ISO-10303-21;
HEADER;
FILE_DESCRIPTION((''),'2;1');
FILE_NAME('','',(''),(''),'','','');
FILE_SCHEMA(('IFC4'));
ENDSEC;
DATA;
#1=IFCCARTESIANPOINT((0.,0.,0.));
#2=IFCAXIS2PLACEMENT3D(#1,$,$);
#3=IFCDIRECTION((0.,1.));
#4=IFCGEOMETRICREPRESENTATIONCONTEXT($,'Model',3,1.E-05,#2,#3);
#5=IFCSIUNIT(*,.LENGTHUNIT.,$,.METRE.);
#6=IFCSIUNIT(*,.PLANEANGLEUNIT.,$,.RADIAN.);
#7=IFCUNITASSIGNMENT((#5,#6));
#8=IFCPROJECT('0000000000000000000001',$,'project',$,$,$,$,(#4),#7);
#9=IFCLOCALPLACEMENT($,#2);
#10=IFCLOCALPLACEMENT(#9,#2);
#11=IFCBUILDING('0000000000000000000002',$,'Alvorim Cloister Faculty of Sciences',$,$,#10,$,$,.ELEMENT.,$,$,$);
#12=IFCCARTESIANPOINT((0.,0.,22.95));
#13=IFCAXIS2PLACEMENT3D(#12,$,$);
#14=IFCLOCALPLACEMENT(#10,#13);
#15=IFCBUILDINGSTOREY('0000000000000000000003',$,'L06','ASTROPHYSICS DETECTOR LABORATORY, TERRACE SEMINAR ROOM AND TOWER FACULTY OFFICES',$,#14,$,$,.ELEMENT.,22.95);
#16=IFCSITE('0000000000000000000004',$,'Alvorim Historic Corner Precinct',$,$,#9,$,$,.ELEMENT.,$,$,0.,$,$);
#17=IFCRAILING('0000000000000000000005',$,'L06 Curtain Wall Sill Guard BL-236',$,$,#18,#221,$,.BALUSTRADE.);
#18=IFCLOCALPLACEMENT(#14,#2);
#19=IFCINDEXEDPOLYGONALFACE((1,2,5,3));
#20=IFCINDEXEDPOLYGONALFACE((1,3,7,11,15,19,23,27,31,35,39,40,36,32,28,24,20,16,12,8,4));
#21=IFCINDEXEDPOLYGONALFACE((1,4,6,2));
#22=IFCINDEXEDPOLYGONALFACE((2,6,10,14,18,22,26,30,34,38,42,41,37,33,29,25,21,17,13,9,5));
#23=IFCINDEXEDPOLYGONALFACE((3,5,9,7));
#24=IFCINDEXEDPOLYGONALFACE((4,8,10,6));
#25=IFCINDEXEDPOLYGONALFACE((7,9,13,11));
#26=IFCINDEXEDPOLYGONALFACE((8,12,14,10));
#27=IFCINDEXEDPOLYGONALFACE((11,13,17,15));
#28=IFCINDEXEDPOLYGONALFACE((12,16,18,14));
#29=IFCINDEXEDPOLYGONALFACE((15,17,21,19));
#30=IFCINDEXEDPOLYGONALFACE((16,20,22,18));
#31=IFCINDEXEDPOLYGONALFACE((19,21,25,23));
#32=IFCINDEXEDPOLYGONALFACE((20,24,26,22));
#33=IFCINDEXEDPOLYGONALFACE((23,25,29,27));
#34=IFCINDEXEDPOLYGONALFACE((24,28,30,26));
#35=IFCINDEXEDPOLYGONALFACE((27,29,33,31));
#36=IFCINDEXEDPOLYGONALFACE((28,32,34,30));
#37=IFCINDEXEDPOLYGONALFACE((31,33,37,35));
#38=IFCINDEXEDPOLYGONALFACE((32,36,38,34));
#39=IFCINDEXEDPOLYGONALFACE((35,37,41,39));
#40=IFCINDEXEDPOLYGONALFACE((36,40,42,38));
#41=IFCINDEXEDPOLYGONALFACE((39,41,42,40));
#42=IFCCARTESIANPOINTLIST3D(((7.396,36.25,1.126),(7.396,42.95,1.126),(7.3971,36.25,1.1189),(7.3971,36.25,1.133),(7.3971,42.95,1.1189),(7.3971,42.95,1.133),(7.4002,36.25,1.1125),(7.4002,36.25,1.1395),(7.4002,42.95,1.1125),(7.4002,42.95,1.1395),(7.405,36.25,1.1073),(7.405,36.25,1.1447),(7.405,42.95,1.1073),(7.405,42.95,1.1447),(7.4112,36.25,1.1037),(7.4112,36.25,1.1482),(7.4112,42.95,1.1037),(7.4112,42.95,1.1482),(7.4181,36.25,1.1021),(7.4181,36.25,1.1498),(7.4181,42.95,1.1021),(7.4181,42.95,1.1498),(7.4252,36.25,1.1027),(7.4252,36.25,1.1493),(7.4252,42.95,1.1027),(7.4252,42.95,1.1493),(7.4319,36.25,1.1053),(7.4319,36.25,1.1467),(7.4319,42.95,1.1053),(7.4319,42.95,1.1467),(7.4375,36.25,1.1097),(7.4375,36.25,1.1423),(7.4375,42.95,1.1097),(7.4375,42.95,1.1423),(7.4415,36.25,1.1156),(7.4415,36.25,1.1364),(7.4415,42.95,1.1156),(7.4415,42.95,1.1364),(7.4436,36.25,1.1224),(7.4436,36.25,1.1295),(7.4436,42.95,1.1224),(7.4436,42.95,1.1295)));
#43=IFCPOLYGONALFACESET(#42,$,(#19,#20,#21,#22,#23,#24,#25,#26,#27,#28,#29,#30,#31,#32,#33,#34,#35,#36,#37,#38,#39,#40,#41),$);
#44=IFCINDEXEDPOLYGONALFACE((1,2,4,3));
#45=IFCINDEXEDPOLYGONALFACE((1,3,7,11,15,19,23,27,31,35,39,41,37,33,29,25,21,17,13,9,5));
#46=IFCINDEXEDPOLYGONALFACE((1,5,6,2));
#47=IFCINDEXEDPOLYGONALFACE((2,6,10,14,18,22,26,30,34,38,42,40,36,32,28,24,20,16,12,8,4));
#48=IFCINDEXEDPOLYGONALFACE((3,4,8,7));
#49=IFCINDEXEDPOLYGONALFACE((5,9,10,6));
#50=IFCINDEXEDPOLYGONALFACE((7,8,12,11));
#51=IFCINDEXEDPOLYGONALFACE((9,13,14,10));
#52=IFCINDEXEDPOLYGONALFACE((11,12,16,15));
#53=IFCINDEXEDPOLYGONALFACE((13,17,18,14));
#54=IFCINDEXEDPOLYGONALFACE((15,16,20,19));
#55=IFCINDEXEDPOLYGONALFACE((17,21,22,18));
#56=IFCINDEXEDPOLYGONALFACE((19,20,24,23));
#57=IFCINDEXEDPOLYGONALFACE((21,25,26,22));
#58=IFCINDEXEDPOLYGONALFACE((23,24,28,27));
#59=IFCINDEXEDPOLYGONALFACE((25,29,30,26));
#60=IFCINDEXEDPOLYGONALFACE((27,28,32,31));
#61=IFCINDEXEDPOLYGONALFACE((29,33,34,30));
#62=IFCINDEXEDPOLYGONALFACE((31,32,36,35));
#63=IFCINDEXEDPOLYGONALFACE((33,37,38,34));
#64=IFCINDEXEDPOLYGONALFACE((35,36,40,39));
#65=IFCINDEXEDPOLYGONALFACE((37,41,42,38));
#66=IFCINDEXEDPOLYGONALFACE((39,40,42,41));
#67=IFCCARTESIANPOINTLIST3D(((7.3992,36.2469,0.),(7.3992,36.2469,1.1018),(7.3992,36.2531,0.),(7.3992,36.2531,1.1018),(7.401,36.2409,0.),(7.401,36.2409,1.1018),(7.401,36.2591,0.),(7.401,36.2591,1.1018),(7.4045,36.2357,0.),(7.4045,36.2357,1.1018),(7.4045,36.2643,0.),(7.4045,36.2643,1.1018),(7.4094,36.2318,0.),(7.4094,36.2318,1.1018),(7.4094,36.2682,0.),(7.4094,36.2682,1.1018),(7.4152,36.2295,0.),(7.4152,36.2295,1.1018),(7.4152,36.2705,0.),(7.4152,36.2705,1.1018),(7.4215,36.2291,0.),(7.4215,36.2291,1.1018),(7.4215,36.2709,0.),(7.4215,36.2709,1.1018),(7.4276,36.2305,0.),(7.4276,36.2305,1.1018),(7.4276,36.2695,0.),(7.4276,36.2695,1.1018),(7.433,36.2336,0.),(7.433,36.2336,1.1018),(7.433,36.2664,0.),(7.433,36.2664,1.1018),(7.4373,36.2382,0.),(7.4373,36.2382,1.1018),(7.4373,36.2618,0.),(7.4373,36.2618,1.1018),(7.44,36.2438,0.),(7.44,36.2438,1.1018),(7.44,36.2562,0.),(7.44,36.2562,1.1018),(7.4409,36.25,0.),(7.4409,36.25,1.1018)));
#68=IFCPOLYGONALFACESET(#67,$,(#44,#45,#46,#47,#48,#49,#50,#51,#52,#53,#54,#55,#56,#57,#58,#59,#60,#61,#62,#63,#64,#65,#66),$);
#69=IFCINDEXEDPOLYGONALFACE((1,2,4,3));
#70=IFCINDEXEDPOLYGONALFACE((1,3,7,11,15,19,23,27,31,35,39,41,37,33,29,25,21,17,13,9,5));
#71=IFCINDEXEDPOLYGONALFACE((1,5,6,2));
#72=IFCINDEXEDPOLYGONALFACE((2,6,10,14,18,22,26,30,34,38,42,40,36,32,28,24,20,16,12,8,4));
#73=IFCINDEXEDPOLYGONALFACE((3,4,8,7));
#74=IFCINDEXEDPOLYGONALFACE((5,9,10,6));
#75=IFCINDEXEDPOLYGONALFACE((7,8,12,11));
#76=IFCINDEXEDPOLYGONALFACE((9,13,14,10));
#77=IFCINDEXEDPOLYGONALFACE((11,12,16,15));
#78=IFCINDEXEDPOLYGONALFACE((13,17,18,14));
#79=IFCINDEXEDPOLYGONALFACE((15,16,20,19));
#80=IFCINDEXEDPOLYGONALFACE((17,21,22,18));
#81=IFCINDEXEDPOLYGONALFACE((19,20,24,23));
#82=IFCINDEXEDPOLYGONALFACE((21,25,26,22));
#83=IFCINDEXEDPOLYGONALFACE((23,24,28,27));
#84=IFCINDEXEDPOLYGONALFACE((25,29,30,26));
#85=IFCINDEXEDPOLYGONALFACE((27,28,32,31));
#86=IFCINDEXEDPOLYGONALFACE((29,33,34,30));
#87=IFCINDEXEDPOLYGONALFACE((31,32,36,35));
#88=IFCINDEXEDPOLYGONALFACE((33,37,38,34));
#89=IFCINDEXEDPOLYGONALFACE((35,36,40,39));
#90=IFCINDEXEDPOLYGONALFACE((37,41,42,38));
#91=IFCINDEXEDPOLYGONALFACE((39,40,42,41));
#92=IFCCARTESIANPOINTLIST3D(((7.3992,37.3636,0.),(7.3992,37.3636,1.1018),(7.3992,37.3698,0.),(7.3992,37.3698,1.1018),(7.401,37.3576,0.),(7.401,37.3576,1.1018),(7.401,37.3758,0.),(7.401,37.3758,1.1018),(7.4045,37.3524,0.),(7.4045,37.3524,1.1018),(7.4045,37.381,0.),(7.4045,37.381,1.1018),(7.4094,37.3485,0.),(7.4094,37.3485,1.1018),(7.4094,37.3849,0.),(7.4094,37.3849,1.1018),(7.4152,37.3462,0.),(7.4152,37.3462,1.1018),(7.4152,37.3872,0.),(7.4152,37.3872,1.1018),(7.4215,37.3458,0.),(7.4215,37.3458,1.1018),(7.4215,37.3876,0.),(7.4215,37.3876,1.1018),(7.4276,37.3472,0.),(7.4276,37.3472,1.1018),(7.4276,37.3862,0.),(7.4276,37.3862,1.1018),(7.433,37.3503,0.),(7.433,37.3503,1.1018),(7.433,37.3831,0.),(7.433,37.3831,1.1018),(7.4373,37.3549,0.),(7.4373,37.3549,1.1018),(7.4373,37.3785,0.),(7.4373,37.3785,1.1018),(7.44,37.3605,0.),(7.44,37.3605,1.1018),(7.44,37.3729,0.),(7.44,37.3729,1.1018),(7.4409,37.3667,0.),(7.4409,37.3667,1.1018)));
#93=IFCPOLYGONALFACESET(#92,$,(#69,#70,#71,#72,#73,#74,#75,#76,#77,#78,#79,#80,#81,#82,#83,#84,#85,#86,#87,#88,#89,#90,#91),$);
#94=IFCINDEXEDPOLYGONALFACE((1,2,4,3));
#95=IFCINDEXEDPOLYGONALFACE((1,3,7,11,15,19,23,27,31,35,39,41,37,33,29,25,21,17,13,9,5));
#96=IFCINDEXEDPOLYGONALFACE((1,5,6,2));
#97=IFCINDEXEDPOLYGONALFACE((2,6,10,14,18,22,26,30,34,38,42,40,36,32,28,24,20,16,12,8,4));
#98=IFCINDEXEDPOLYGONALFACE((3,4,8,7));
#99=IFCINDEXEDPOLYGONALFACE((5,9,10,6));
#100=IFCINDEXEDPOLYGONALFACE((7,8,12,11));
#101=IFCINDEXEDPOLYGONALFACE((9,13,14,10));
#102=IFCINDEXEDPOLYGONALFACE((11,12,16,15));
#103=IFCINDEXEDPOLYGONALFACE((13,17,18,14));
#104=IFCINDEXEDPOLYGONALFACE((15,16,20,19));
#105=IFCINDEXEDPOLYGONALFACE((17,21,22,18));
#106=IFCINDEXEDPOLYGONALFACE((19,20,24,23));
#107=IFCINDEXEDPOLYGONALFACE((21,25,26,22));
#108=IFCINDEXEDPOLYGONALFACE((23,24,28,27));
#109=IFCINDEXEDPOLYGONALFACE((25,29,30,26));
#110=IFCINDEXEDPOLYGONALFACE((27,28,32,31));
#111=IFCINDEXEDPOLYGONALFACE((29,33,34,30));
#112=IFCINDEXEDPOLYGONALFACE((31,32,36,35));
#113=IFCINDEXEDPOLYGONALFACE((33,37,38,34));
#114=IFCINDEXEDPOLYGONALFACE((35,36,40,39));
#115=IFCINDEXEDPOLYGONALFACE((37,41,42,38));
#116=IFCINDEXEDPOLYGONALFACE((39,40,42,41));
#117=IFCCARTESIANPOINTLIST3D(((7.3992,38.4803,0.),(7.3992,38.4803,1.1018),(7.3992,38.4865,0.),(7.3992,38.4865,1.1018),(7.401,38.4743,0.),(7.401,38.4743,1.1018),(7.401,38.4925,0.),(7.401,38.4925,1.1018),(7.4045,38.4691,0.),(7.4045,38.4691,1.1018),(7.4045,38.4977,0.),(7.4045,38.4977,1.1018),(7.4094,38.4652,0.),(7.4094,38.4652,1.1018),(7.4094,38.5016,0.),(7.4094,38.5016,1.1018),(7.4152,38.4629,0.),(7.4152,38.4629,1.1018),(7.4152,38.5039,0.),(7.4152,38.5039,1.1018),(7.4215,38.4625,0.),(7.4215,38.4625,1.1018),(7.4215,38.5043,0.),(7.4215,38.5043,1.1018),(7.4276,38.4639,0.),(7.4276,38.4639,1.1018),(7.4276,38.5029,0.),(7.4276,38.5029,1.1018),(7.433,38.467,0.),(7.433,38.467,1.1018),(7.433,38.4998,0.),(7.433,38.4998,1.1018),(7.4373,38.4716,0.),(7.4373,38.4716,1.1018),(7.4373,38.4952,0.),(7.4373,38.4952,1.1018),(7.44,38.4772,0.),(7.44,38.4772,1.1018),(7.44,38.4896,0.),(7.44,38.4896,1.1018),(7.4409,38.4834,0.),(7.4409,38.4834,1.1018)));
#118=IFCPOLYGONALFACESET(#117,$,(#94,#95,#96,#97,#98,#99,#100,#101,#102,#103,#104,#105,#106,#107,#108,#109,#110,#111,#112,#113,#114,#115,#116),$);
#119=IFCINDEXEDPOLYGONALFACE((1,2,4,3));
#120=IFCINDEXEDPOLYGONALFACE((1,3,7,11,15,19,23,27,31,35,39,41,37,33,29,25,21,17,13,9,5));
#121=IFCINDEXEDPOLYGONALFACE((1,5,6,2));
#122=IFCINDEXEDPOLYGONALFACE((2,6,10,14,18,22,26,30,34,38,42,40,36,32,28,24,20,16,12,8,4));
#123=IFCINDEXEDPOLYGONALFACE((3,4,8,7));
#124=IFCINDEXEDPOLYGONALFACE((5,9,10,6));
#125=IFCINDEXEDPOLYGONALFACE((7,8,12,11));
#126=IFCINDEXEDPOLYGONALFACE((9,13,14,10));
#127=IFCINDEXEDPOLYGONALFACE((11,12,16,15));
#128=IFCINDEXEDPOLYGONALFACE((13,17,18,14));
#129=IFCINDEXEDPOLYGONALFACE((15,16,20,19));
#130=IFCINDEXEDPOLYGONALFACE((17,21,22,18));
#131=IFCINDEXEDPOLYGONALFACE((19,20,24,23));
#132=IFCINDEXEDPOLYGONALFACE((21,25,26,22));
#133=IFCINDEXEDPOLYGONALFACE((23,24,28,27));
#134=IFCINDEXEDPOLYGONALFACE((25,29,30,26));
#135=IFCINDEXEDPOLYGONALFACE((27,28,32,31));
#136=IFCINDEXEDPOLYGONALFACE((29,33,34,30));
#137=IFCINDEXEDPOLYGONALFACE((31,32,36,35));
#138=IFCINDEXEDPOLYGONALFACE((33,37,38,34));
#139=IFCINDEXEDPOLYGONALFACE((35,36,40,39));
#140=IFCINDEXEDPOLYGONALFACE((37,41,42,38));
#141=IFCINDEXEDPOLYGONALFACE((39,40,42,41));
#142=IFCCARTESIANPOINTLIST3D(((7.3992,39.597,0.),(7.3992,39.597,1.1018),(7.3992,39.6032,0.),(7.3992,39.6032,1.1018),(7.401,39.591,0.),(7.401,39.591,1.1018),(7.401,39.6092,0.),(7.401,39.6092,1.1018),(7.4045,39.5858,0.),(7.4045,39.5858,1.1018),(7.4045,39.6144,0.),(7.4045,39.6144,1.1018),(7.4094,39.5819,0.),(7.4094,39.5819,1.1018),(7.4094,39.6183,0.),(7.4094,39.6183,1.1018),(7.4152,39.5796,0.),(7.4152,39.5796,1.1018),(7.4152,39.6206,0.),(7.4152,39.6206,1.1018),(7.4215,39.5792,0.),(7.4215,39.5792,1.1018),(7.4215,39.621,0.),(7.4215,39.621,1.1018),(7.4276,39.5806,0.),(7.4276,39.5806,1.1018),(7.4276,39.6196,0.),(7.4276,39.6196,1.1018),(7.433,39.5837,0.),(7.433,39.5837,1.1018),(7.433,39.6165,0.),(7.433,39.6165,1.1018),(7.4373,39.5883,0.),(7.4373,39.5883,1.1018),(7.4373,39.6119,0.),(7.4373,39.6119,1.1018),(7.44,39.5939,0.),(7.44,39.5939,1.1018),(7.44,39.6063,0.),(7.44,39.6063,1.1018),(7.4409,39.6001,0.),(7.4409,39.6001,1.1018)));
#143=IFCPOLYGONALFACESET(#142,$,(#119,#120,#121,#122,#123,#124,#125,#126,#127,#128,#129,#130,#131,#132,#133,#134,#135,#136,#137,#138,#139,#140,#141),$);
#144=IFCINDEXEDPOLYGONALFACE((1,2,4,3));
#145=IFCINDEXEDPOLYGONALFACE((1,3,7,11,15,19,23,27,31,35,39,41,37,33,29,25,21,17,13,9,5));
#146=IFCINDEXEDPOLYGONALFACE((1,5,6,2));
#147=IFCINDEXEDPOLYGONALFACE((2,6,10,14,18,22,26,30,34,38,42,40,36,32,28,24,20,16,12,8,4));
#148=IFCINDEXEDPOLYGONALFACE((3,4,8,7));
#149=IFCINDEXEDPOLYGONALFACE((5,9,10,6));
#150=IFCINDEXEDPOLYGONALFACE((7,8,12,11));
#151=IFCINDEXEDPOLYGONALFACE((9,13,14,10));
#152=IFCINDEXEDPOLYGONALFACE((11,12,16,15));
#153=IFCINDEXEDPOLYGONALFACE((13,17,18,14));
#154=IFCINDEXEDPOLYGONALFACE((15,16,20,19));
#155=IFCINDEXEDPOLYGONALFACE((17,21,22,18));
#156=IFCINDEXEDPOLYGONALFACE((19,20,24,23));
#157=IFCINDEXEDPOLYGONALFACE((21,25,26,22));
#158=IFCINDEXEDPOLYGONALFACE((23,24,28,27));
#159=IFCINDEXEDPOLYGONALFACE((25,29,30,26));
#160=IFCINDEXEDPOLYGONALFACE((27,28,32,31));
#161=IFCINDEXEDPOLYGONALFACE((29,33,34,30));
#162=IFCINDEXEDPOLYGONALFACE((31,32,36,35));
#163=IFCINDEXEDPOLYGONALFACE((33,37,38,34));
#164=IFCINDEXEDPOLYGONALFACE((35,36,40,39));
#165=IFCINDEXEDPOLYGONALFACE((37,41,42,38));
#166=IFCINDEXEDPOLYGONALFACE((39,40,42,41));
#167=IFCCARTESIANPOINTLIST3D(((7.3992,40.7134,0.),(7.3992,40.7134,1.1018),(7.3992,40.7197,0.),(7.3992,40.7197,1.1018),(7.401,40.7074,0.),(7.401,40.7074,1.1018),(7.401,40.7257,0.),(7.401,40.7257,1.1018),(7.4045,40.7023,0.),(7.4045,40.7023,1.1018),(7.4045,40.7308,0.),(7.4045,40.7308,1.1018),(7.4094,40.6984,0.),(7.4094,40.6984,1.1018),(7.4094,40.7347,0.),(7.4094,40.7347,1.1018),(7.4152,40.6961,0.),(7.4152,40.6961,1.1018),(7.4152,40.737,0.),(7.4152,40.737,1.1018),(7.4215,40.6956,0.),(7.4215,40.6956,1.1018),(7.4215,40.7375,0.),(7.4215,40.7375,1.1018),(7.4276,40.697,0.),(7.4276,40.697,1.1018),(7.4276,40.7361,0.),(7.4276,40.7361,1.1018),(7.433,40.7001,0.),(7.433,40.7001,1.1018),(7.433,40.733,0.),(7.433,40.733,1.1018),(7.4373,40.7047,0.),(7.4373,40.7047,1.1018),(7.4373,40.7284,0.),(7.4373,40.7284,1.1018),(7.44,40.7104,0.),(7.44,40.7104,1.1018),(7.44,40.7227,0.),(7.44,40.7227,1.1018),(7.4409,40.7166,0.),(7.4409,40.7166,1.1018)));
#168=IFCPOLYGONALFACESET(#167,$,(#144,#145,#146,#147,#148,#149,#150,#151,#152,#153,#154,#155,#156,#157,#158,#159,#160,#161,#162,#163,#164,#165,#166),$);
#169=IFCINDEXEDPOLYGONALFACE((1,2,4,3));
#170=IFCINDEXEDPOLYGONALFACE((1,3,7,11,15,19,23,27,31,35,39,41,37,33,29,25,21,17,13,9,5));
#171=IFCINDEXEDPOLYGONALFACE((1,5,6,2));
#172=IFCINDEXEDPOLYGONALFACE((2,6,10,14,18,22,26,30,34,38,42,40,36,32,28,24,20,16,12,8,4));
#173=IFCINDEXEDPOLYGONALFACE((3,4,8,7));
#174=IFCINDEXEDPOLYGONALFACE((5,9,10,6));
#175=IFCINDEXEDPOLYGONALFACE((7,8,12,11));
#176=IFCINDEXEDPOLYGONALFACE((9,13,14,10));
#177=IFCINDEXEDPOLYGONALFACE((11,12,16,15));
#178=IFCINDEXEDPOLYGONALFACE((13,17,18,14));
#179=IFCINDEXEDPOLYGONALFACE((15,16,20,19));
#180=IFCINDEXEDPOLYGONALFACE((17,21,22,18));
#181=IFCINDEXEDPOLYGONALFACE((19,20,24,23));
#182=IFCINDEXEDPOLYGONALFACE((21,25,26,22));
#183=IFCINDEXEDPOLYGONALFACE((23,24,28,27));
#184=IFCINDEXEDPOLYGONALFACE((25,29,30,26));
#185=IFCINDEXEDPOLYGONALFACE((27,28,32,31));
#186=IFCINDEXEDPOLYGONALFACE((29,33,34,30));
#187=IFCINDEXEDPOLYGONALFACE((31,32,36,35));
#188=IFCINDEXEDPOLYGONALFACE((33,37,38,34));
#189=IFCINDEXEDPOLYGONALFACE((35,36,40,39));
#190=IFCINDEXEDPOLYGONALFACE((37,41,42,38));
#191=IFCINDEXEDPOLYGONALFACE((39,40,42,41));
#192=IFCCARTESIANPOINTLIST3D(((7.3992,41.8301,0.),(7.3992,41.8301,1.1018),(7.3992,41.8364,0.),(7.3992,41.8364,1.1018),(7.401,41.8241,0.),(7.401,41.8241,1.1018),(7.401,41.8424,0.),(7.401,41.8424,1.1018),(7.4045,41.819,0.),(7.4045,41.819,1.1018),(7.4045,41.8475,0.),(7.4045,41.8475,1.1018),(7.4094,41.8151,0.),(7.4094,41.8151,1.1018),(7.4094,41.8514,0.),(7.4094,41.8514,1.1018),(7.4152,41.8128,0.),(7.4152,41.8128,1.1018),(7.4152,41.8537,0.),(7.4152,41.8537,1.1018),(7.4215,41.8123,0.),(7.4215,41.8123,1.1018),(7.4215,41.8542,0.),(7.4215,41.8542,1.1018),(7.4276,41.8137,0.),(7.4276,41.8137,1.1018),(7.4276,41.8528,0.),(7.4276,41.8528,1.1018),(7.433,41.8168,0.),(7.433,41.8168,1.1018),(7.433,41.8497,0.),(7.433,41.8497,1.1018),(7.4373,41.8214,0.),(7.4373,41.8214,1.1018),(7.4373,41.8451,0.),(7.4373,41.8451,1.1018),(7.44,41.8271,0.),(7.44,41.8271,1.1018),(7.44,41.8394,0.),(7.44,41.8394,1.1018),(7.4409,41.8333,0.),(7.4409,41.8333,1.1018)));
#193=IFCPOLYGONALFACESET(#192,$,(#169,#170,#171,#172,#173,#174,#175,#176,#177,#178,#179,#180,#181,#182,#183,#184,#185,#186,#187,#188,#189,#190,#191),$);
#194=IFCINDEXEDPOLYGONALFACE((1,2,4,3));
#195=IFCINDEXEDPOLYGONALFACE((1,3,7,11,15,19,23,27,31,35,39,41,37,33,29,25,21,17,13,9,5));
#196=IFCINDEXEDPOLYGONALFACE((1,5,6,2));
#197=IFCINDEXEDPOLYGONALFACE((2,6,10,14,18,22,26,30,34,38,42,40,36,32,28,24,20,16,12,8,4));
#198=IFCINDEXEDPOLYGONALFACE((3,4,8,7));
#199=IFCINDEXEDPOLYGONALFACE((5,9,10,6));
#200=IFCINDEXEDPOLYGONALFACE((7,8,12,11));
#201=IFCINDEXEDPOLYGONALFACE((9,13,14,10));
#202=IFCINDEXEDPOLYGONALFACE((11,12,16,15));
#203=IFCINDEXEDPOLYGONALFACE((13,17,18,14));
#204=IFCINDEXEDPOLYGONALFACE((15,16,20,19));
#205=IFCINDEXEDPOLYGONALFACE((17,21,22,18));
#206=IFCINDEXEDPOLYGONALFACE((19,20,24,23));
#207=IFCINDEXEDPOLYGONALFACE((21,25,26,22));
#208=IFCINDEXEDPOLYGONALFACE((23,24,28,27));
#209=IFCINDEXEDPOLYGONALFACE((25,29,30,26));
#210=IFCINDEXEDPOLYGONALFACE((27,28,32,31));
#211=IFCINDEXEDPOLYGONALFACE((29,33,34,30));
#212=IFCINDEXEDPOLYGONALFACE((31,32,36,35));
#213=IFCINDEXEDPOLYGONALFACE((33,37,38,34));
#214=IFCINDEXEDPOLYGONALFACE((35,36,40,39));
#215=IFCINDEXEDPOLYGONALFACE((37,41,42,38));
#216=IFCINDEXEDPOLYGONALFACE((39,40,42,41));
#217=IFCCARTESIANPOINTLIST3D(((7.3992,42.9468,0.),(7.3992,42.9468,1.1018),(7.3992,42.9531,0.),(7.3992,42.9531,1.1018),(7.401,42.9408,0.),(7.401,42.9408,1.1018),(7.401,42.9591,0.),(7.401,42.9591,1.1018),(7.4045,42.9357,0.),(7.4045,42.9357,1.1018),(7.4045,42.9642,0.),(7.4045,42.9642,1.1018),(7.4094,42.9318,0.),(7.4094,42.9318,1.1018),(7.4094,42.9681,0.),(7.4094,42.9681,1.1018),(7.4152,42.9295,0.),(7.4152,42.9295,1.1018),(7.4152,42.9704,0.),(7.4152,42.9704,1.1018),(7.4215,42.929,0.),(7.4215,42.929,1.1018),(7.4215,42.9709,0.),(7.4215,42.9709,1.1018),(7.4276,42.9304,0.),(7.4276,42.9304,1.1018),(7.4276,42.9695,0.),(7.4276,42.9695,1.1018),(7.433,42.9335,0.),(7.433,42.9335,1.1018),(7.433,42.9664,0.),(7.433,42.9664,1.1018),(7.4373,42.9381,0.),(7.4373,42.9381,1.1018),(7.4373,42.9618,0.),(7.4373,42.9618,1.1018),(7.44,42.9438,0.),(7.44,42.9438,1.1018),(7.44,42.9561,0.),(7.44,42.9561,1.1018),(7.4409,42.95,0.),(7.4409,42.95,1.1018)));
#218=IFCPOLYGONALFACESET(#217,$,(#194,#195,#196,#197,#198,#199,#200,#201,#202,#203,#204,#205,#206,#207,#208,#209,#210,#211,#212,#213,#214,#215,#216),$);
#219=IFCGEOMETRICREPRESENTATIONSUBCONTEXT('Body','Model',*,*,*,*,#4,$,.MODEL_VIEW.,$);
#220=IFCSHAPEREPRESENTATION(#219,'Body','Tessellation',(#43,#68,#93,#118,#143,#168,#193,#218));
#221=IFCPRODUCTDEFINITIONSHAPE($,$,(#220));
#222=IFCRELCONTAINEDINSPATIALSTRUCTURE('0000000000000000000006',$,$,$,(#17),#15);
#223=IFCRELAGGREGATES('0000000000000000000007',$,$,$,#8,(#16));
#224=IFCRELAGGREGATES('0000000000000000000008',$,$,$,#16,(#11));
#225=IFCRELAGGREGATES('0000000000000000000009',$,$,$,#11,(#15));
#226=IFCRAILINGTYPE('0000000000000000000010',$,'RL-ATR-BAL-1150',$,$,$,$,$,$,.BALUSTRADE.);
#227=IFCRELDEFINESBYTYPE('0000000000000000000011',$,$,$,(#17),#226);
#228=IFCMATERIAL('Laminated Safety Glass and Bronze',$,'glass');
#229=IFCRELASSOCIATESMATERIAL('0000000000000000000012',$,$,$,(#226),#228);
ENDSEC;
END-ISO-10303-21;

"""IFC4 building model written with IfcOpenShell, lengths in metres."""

from ifc_helpers import new_model, si_unit, direction, frame, origin, origin_2d, place, context, subcontext, project, spatial, circle, extrude, material, type_object, element, save


model = new_model("IFC4")

# Units and contexts
model_context = context("Model", 3, precision=1e-05, world=origin(), true_north=direction((0.0, 1.0)))
body_context = subcontext(model_context, "Body", "Model", "MODEL_VIEW")
ifc_project = project(units=[si_unit("LENGTHUNIT", "METRE"), si_unit("PLANEANGLEUNIT", "RADIAN")], contexts=[model_context])

# Site, building, storey
site_placement = place(None, origin())
site = spatial("IfcSite", under=ifc_project, at=site_placement, Name="Alvorim Historic Corner Precinct", CompositionType="ELEMENT", RefElevation=0.0)
building_placement = place(site_placement, origin())
building = spatial("IfcBuilding", under=site, at=building_placement, Name="Alvorim Cloister Faculty of Sciences", CompositionType="ELEMENT")
storey_placement = place(building_placement, frame((0.0, 0.0, 22.95)))
storey = spatial("IfcBuildingStorey", under=building, at=storey_placement, Name="L06", Description="ASTROPHYSICS DETECTOR LABORATORY, TERRACE SEMINAR ROOM AND TOWER FACULTY OFFICES", CompositionType="ELEMENT", Elevation=22.95)

# Railing
ifc_material_1 = material(Name="Laminated Safety Glass and Bronze", Category="glass")
railing_type = type_object("IfcRailingType", Name="RL-ATR-BAL-1150", PredefinedType="BALUSTRADE", material=ifc_material_1)
railing_placement = place(storey_placement, frame((7.4199, 36.25, 0.0)))
element("IfcRailing", 1, at=railing_placement, inside=storey, type_object=railing_type, Name="L06 Curtain Wall Sill Guard BL-236", PredefinedType="BALUSTRADE", context=body_context, shape_type="SweptSolid", body=[
    extrude(circle(Radius=0.0239, at=origin_2d()), frame((0.0, 0.0, 1.126), z_axis=(0.0, 1.0, 0.0), x_axis=(-1.0, 0.0, 0.0)), (0.0, 0.0, 1.0), 6.7),
    extrude(circle(Radius=0.021, at=origin_2d()), origin(), (0.0, 0.0, 1.0), 1.1018),
    extrude(circle(Radius=0.021, at=origin_2d()), frame((0.0, 1.1167, 0.0)), (0.0, 0.0, 1.0), 1.1018),
    extrude(circle(Radius=0.021, at=origin_2d()), frame((0.0, 2.2334, 0.0)), (0.0, 0.0, 1.0), 1.1018),
    extrude(circle(Radius=0.021, at=origin_2d()), frame((0.0, 3.3501, 0.0)), (0.0, 0.0, 1.0), 1.1018),
    extrude(circle(Radius=0.021, at=origin_2d()), frame((0.0, 4.4666, 0.0)), (0.0, 0.0, 1.0), 1.1018),
    extrude(circle(Radius=0.021, at=origin_2d()), frame((0.0, 5.5833, 0.0)), (0.0, 0.0, 1.0), 1.1018),
    extrude(circle(Radius=0.021, at=origin_2d()), frame((0.0, 6.7, 0.0)), (0.0, 0.0, 1.0), 1.1018),
])

save(model, "model.ifc")
